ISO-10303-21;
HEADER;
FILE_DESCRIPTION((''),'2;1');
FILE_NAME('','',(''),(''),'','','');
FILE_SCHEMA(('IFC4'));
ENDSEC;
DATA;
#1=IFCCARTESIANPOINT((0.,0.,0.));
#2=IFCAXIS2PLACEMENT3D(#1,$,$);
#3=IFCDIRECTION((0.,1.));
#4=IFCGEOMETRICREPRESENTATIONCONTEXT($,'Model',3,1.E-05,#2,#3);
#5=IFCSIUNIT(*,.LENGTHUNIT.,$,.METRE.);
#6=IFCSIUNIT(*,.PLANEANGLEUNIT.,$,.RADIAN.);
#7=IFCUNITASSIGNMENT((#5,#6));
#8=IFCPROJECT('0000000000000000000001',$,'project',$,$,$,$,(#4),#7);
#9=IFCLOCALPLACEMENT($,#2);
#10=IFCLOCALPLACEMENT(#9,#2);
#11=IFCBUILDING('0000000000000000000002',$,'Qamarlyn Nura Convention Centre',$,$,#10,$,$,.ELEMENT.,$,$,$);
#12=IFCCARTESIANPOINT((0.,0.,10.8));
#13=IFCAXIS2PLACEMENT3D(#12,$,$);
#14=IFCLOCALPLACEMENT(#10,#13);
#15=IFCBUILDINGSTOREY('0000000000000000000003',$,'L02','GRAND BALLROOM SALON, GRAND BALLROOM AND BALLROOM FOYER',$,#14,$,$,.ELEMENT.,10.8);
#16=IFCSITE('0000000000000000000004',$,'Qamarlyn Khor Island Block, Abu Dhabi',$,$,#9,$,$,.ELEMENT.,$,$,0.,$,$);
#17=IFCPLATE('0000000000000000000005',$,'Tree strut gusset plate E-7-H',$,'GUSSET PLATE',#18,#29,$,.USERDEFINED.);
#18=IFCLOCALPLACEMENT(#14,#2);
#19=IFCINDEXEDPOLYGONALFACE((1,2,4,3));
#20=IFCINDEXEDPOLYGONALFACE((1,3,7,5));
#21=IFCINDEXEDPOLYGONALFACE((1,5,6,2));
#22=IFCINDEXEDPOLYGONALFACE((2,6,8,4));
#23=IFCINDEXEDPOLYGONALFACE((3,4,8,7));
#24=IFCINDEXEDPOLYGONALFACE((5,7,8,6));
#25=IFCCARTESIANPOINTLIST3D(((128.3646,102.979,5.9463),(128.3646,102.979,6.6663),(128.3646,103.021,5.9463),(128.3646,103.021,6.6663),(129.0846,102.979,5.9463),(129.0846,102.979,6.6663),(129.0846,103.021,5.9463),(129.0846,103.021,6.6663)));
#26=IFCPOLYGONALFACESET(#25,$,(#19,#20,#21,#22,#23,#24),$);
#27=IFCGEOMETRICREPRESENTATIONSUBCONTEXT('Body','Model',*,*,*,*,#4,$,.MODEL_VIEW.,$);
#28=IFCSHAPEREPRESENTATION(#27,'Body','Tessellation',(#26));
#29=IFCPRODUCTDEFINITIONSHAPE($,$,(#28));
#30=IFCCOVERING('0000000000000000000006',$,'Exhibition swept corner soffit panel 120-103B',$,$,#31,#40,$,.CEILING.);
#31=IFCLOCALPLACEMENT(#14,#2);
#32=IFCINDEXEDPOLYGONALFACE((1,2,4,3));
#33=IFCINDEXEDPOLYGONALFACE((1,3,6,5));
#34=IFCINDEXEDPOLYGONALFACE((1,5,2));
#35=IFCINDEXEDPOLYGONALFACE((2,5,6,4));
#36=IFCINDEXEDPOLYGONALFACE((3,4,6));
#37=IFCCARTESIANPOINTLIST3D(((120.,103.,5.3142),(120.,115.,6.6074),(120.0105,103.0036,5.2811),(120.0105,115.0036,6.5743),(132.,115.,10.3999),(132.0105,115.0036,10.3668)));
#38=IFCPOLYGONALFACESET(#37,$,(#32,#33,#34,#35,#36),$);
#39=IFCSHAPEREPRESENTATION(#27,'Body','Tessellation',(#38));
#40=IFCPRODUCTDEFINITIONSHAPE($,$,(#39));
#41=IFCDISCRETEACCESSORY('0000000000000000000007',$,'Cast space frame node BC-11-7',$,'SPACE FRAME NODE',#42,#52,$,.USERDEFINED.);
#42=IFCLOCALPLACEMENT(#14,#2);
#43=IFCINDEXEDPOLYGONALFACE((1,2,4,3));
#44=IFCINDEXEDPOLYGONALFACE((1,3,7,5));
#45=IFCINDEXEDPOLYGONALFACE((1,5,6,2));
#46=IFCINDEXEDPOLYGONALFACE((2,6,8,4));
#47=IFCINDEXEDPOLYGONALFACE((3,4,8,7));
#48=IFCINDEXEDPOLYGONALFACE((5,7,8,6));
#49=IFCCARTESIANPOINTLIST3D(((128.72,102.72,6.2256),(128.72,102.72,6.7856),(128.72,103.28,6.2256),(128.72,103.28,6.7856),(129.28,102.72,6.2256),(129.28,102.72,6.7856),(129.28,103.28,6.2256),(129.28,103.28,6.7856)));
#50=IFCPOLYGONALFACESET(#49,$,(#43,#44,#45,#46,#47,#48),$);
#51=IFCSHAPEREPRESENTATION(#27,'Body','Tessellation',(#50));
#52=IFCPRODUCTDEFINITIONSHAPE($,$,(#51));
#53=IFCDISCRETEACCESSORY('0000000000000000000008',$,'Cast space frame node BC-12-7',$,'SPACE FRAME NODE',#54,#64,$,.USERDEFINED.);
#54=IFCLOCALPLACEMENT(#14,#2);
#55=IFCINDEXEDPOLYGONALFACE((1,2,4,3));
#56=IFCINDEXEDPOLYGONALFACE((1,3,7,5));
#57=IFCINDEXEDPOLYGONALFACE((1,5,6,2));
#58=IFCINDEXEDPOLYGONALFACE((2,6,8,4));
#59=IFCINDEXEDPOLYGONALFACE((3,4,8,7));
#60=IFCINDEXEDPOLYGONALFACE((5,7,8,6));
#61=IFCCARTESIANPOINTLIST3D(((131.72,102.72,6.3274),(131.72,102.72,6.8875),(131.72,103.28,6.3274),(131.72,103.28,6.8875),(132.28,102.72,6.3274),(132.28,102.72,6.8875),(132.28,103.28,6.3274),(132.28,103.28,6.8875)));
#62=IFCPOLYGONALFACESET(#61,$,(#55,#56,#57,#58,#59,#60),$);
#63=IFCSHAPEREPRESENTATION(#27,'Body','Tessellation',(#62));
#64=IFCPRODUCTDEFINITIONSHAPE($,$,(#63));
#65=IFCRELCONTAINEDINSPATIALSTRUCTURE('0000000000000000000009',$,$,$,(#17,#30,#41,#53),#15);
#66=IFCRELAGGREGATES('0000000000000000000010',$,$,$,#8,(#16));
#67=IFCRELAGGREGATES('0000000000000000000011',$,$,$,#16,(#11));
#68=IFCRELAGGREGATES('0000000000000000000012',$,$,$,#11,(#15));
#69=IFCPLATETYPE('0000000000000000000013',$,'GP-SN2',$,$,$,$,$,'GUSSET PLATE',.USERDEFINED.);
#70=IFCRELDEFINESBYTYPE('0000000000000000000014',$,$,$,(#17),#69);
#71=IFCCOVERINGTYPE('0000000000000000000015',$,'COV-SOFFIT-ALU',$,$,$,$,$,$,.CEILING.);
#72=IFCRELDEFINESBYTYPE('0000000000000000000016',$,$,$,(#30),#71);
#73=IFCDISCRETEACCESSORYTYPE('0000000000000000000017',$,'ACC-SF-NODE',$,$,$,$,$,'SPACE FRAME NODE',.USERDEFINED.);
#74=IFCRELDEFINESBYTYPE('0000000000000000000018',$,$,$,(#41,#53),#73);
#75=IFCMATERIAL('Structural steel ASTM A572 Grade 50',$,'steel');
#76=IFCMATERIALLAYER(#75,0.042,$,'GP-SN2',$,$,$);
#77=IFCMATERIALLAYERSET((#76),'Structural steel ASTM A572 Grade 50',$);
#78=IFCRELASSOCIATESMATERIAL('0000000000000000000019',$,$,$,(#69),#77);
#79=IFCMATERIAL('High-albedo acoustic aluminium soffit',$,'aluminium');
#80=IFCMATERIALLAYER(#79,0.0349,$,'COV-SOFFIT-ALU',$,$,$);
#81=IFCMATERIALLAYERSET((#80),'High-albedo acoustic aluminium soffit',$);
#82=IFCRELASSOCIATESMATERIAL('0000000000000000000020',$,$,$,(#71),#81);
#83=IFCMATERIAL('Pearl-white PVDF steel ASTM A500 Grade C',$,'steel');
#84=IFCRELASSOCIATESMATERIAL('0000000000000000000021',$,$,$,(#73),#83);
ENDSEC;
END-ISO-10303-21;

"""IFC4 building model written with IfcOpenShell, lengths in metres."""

from ifc_helpers import new_model, si_unit, direction, frame, origin, origin_2d, place, context, subcontext, project, spatial, polyline, rectangle, outline, extrude, material, layer, layer_set, type_object, element, save


model = new_model("IFC4")

# Units and contexts
model_context = context("Model", 3, precision=1e-05, world=origin(), true_north=direction((0.0, 1.0)))
body_context = subcontext(model_context, "Body", "Model", "MODEL_VIEW")
ifc_project = project(units=[si_unit("LENGTHUNIT", "METRE"), si_unit("PLANEANGLEUNIT", "RADIAN")], contexts=[model_context])

# Site, building, storey
site_placement = place(None, origin())
site = spatial("IfcSite", under=ifc_project, at=site_placement, Name="Qamarlyn Khor Island Block, Abu Dhabi", CompositionType="ELEMENT", RefElevation=0.0)
building_placement = place(site_placement, origin())
building = spatial("IfcBuilding", under=site, at=building_placement, Name="Qamarlyn Nura Convention Centre", CompositionType="ELEMENT")
storey_placement = place(building_placement, frame((0.0, 0.0, 10.8)))
storey = spatial("IfcBuildingStorey", under=building, at=storey_placement, Name="L02", Description="GRAND BALLROOM SALON, GRAND BALLROOM AND BALLROOM FOYER", CompositionType="ELEMENT", Elevation=10.8)

# Shared definitions
ifc_material_1 = material(Name="Pearl-white PVDF steel ASTM A500 Grade C", Category="steel")

# Plate
ifc_material_2 = material(Name="Structural steel ASTM A572 Grade 50", Category="steel")
ifc_layer_1 = layer(ifc_material_2, 0.042, Name="GP-SN2")
ifc_layer_set_1 = layer_set([ifc_layer_1], Name="Structural steel ASTM A572 Grade 50")
plate_type_1 = type_object("IfcPlateType", Name="GP-SN2", ElementType="GUSSET PLATE", PredefinedType="USERDEFINED", material=ifc_layer_set_1)
plate_placement = place(storey_placement, frame((128.7246, 103.0, 5.9463), z_axis=(0.0, 0.0, 1.0), x_axis=(1.0, 0.0, 0.0)))
element("IfcPlate", 1, at=plate_placement, inside=storey, type_object=plate_type_1, Name="Tree strut gusset plate E-7-H", ObjectType="GUSSET PLATE", PredefinedType="USERDEFINED", context=body_context, shape_type="SweptSolid", body=[
    extrude(rectangle(XDim=0.72, YDim=0.042, at=origin_2d()), origin(), (0.0, 0.0, 1.0), 0.72),
])

# Covering
ifc_material_3 = material(Name="High-albedo acoustic aluminium soffit", Category="aluminium")
ifc_layer_2 = layer(ifc_material_3, 0.0349, Name="COV-SOFFIT-ALU")
ifc_layer_set_2 = layer_set([ifc_layer_2], Name="High-albedo acoustic aluminium soffit")
covering_type = type_object("IfcCoveringType", Name="COV-SOFFIT-ALU", PredefinedType="CEILING", material=ifc_layer_set_2)
covering_placement = place(storey_placement, frame((120.0, 103.0, 5.3142), z_axis=(-0.29977, -0.10222, 0.948519), x_axis=(0.677346, 0.677346, 0.287064)))
element("IfcCovering", 2, at=covering_placement, inside=storey, type_object=covering_type, Name="Exhibition swept corner soffit panel 120-103B", PredefinedType="CEILING", context=body_context, shape_type="SweptSolid", body=[
    extrude(outline(polyline([(0.0, 0.0), (17.7162, 0.0), (8.4994, 8.5693), (0.0, 0.0)])), origin(), (0.0, 0.0, -1.0), 0.0349),
])

# Discrete accessories
discrete_accessory_type = type_object("IfcDiscreteAccessoryType", Name="ACC-SF-NODE", ElementType="SPACE FRAME NODE", PredefinedType="USERDEFINED", material=ifc_material_1)
for number, where, z_axis, x_axis, name in (
    (3, (129.0, 103.0, 6.2256), (0.0, 0.0, 1.0), (1.0, 0.0, 0.0), "Cast space frame node BC-11-7"),
    (4, (132.0, 103.0, 6.3274), (0.0, 0.0, 1.0), (1.0, 0.0, 0.0), "Cast space frame node BC-12-7"),
):
    element("IfcDiscreteAccessory", number, at=place(storey_placement, frame(where, z_axis=z_axis, x_axis=x_axis)), inside=storey, type_object=discrete_accessory_type, Name=name, ObjectType="SPACE FRAME NODE", PredefinedType="USERDEFINED", context=body_context, shape_type="SweptSolid", body=[
        extrude(rectangle(XDim=0.5601, YDim=0.5601, at=origin_2d()), origin(), (0.0, 0.0, 1.0), 0.5601),
    ])

save(model, "model.ifc")
